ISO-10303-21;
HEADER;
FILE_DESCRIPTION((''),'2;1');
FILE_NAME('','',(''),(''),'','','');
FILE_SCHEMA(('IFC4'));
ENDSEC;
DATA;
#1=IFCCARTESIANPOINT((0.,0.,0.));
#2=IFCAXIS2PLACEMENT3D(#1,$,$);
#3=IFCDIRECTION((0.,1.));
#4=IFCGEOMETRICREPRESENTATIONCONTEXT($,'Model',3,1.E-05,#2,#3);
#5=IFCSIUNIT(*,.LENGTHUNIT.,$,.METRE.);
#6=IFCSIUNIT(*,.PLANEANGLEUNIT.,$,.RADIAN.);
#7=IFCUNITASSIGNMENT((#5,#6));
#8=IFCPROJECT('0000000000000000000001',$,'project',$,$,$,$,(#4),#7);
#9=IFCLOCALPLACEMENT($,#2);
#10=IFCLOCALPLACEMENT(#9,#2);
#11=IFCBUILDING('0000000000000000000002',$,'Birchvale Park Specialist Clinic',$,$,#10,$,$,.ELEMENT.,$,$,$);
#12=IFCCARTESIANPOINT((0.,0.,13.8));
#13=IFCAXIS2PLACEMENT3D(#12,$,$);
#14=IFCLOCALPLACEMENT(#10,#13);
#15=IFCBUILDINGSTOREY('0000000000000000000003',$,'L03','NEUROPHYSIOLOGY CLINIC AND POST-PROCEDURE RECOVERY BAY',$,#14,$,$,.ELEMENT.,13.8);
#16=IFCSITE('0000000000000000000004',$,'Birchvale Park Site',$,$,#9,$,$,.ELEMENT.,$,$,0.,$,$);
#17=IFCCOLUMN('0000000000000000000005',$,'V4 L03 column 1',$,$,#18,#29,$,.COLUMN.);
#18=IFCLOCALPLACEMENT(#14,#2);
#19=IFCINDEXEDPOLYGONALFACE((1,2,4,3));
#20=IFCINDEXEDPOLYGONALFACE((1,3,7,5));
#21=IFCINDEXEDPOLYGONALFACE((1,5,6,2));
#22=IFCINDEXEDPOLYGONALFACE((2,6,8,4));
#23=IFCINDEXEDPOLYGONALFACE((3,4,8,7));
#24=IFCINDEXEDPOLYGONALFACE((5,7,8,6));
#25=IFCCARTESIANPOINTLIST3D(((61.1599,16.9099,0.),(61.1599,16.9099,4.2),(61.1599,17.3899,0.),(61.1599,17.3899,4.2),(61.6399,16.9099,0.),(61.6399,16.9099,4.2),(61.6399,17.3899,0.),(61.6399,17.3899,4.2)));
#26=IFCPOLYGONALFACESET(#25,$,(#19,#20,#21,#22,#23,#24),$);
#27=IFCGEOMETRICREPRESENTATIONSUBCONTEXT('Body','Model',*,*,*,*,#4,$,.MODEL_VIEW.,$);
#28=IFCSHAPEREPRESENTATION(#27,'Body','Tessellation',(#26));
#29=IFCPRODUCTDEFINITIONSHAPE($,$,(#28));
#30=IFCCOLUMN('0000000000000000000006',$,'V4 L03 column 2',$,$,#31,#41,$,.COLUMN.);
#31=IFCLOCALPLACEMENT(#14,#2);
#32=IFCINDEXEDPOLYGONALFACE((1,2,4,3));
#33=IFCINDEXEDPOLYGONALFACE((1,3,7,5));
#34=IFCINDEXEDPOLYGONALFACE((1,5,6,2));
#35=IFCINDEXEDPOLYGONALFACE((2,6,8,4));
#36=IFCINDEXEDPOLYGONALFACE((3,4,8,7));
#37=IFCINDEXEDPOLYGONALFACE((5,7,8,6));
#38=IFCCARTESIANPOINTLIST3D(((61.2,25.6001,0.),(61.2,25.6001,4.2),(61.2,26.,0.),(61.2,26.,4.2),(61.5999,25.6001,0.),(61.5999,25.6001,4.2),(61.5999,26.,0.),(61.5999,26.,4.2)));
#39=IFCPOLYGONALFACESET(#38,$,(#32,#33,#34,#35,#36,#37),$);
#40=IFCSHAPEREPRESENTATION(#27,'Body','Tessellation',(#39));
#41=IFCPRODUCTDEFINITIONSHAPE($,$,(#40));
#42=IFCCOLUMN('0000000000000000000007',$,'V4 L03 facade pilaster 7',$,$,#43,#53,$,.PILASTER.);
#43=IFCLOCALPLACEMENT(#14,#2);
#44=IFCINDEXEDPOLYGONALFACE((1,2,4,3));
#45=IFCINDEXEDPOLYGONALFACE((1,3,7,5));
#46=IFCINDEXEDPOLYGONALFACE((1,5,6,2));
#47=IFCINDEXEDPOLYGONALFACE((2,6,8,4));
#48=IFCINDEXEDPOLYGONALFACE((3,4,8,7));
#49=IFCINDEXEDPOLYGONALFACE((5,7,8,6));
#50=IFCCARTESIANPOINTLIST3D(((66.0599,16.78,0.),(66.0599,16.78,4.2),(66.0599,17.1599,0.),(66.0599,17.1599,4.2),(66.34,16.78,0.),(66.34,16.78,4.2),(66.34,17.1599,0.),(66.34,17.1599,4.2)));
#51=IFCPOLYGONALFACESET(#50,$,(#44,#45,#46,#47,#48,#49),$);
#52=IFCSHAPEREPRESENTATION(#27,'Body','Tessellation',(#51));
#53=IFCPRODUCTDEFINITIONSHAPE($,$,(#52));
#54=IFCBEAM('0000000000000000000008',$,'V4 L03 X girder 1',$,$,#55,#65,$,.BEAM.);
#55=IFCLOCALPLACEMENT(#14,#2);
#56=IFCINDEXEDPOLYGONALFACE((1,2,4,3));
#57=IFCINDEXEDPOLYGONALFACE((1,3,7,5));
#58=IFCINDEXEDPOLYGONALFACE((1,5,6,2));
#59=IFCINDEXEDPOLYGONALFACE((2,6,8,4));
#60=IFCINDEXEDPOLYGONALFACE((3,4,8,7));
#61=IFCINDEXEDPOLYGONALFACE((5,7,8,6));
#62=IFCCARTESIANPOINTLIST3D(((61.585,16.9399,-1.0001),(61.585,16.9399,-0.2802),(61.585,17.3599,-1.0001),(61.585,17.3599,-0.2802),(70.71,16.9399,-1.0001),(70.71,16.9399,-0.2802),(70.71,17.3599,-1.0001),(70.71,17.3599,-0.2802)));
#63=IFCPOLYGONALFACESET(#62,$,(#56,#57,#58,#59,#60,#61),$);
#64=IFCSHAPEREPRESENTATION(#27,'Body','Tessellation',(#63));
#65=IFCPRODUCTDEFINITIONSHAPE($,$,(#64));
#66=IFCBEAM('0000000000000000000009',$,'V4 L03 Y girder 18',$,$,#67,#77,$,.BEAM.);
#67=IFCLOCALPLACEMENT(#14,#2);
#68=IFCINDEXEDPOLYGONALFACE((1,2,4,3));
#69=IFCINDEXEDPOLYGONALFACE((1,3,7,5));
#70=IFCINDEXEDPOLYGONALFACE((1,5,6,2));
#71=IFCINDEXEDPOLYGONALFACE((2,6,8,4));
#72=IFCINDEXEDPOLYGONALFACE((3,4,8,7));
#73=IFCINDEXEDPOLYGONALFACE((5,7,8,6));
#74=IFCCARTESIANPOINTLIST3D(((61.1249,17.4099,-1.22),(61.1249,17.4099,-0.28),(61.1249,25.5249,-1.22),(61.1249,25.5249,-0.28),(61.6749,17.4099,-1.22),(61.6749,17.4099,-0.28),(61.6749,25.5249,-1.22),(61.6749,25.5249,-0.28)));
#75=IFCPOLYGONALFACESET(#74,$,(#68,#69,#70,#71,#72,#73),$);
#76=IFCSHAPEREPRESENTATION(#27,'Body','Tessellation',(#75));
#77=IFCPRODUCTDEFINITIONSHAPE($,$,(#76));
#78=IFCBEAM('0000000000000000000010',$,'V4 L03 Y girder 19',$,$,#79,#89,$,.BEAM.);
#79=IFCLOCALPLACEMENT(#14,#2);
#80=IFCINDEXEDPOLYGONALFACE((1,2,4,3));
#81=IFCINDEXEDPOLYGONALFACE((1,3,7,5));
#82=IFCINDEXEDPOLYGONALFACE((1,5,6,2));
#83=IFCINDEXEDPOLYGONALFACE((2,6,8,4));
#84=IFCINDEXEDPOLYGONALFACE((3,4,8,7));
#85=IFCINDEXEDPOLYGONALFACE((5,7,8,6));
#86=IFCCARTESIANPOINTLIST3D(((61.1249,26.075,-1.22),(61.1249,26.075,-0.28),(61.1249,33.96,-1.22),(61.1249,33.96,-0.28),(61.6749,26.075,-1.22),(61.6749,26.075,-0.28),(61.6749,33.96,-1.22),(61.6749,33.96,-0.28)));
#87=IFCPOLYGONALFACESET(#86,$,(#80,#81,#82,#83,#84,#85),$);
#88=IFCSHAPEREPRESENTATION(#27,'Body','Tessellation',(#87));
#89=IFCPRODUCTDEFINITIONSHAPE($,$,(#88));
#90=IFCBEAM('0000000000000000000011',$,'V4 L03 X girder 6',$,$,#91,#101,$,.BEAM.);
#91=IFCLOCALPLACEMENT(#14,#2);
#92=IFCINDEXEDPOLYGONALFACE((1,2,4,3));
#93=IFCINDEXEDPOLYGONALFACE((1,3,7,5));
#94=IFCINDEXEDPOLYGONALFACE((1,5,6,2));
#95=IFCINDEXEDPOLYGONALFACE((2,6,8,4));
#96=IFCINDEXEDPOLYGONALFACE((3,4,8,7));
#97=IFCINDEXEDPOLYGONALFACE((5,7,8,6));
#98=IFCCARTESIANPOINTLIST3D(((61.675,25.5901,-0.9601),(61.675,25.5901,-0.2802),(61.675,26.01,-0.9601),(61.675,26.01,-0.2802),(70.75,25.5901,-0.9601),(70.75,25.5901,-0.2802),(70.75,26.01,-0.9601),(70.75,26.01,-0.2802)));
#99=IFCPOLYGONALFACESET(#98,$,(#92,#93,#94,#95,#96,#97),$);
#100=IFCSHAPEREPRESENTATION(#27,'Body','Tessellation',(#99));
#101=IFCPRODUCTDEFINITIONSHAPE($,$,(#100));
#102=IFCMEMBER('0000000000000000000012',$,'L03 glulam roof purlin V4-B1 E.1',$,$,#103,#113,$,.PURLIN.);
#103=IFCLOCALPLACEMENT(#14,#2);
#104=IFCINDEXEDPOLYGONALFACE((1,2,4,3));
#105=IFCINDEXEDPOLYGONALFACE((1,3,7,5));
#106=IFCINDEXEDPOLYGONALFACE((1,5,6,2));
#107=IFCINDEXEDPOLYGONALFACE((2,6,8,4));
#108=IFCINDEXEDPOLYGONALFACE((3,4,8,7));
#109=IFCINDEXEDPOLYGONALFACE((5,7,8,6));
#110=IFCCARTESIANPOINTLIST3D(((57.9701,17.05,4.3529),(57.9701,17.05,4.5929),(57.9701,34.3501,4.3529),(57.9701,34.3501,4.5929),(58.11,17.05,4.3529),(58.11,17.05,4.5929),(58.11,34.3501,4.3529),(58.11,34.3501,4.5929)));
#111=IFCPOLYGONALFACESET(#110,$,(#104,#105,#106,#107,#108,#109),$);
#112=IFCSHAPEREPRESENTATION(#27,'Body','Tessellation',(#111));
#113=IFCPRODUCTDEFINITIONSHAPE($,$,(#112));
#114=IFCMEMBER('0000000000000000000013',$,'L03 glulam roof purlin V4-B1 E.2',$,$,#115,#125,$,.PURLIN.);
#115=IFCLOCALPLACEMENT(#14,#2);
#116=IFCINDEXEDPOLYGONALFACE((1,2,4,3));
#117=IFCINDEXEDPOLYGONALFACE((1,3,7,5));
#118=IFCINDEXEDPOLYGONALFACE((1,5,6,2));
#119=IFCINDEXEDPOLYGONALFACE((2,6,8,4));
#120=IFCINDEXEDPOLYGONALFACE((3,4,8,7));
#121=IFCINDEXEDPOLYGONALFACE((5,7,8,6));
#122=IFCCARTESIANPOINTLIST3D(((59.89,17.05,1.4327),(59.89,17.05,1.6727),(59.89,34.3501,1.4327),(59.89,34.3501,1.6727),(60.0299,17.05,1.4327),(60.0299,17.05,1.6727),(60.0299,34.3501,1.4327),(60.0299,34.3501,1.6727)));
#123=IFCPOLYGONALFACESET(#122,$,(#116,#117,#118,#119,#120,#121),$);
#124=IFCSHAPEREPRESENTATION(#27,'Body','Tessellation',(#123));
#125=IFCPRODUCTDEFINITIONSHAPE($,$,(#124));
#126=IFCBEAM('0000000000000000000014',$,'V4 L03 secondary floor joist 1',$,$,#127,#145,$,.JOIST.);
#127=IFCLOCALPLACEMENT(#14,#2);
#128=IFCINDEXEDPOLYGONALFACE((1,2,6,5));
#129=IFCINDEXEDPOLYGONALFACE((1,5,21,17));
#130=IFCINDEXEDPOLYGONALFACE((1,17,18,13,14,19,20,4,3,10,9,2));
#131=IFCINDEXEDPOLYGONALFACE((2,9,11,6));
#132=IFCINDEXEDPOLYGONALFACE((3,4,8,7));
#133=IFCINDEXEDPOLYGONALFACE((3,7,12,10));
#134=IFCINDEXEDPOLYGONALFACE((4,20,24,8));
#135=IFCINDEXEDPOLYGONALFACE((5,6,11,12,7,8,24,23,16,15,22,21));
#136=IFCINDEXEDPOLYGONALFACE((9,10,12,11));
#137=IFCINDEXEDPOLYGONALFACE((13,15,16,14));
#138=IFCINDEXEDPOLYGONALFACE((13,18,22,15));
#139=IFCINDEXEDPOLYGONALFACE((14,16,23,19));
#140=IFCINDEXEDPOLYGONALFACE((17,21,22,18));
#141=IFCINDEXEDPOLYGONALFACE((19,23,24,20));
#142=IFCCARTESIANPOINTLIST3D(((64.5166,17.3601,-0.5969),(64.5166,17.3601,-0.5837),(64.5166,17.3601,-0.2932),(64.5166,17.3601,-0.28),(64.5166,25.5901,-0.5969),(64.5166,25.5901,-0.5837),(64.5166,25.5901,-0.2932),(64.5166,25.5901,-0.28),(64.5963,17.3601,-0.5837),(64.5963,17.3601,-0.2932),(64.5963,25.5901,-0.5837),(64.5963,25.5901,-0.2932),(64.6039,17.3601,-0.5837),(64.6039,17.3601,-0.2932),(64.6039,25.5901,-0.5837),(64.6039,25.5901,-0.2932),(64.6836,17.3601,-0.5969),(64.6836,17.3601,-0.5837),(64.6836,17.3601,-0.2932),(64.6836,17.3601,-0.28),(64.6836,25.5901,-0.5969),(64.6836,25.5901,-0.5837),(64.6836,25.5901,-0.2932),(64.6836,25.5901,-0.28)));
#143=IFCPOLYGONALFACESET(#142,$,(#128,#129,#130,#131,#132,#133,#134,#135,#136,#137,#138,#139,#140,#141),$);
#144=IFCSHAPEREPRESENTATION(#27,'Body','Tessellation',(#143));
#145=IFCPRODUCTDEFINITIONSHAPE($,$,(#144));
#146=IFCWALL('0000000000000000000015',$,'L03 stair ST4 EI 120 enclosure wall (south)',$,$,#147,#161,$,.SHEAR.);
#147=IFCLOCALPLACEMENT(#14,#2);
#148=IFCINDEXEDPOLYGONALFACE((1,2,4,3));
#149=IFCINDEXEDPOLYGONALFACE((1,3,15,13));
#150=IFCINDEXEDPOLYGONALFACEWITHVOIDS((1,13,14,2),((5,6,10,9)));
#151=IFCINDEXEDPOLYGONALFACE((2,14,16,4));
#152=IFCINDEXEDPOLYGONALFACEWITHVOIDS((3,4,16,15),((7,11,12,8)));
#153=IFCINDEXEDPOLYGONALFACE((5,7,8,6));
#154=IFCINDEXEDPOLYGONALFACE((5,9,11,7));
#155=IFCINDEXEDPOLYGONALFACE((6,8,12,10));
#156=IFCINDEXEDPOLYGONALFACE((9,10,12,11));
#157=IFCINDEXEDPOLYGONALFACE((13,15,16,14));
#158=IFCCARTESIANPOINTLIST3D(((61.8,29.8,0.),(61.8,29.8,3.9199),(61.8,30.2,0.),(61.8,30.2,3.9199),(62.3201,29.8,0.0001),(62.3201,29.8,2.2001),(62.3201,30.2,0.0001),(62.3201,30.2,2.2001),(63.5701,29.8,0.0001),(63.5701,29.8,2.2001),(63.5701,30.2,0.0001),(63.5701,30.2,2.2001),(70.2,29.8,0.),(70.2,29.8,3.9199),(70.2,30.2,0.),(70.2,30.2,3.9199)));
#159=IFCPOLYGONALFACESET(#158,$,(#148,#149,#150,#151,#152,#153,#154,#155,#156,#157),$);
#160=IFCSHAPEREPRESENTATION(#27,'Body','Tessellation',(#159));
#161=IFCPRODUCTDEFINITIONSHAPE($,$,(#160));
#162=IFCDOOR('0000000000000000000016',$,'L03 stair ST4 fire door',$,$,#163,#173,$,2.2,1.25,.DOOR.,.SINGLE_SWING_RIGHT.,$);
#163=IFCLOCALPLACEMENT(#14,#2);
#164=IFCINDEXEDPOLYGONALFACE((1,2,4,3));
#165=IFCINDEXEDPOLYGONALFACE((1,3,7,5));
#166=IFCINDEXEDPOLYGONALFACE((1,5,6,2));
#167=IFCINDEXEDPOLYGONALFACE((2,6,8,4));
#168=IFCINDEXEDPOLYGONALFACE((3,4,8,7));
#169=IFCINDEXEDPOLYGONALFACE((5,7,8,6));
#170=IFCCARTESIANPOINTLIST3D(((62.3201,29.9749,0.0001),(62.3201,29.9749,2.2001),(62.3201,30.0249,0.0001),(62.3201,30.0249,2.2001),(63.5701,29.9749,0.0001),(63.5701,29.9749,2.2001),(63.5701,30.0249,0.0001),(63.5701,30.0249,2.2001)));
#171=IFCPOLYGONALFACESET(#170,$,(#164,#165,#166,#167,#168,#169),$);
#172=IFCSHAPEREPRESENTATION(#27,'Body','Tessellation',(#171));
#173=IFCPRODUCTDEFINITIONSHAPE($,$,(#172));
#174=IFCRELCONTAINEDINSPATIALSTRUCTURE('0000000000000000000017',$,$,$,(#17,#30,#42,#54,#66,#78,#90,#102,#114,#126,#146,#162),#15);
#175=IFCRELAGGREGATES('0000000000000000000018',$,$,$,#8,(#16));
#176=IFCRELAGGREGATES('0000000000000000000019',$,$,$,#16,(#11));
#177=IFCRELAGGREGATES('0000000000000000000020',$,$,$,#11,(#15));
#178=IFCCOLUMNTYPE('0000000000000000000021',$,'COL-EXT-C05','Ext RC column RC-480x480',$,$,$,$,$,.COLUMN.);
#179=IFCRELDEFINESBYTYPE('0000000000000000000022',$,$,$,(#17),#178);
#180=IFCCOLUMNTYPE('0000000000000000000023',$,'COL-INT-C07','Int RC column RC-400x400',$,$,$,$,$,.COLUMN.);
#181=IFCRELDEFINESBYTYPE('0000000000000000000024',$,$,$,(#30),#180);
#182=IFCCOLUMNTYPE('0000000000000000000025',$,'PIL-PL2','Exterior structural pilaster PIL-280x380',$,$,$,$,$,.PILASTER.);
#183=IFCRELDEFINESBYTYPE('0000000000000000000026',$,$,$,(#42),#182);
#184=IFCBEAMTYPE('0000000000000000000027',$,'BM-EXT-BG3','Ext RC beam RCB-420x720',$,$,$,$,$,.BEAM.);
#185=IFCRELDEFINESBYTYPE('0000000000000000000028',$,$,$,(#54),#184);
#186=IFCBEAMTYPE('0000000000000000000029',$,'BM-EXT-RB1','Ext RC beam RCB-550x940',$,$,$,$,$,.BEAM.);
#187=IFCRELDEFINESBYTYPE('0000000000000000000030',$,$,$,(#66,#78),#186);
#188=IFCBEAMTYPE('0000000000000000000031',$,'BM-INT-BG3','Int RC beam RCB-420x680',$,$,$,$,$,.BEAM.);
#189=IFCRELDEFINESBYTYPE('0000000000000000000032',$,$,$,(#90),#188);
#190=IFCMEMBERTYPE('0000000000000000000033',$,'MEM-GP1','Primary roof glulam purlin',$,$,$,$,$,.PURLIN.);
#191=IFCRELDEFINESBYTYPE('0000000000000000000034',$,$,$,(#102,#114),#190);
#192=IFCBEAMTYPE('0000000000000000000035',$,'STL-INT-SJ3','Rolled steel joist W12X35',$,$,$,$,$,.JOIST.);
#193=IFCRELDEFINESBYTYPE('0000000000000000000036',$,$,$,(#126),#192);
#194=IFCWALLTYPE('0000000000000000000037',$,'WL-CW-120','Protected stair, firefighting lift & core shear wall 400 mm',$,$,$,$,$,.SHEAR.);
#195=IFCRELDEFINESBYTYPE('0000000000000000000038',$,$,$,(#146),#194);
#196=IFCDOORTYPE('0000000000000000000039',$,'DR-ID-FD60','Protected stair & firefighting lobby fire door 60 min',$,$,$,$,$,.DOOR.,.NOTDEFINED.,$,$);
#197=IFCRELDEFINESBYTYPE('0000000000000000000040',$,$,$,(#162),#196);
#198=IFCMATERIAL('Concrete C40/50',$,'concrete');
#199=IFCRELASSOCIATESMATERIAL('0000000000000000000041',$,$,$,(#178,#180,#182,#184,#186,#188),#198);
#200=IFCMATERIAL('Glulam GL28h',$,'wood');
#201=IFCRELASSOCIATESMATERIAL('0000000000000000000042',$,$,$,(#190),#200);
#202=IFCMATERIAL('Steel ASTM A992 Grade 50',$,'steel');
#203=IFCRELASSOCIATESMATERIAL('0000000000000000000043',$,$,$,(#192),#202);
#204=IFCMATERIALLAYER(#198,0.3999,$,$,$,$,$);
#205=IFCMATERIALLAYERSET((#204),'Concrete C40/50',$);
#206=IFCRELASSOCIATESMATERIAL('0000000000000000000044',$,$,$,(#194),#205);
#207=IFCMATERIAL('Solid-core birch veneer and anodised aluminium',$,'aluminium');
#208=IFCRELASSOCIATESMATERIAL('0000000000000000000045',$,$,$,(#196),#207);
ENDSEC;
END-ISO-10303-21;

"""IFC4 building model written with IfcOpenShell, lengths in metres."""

from ifc_helpers import new_model, si_unit, direction, frame, frame_2d, origin, origin_2d, place, context, subcontext, project, spatial, rectangle, i_section, extrude, material, layer, layer_set, material_profile, profile_set, type_object, element, fill, save


model = new_model("IFC4")

# Units and contexts
model_context = context("Model", 3, precision=1e-05, world=origin(), true_north=direction((0.0, 1.0)))
body_context = subcontext(model_context, "Body", "Model", "MODEL_VIEW")
ifc_project = project(units=[si_unit("LENGTHUNIT", "METRE"), si_unit("PLANEANGLEUNIT", "RADIAN")], contexts=[model_context])

# Site, building, storey
site_placement = place(None, origin())
site = spatial("IfcSite", under=ifc_project, at=site_placement, Name="Birchvale Park Site", CompositionType="ELEMENT", RefElevation=0.0)
building_placement = place(site_placement, origin())
building = spatial("IfcBuilding", under=site, at=building_placement, Name="Birchvale Park Specialist Clinic", CompositionType="ELEMENT")
storey_placement = place(building_placement, frame((0.0, 0.0, 13.8)))
storey = spatial("IfcBuildingStorey", under=building, at=storey_placement, Name="L03", Description="NEUROPHYSIOLOGY CLINIC AND POST-PROCEDURE RECOVERY BAY", CompositionType="ELEMENT", Elevation=13.8)

# Columns
ifc_material_1 = material(Name="Concrete C40/50", Category="concrete")
ifc_material_profile_1 = material_profile(ifc_material_1, rectangle(XDim=0.48, YDim=0.48, at=origin_2d()), Name="RC-480x480")
ifc_profile_set_1 = profile_set([ifc_material_profile_1], Name="Concrete C40/50")
column_type_1 = type_object("IfcColumnType", Name="COL-EXT-C05", Description="Ext RC column RC-480x480", PredefinedType="COLUMN", material=ifc_profile_set_1)
column_1_placement = place(storey_placement, frame((61.3999, 17.1499, 0.0), z_axis=(0.0, 0.0, 1.0), x_axis=(1.0, 0.0, 0.0)))
element("IfcColumn", 1, at=column_1_placement, inside=storey, type_object=column_type_1, Name="V4 L03 column 1", PredefinedType="COLUMN", context=body_context, shape_type="SweptSolid", body=[
    extrude(rectangle(XDim=0.48, YDim=0.48, at=origin_2d()), origin(), (0.0, 0.0, 1.0), 4.2),
])
ifc_material_profile_2 = material_profile(ifc_material_1, rectangle(XDim=0.3999, YDim=0.3999, at=origin_2d()), Name="RC-400x400")
ifc_profile_set_2 = profile_set([ifc_material_profile_2], Name="Concrete C40/50")
column_type_2 = type_object("IfcColumnType", Name="COL-INT-C07", Description="Int RC column RC-400x400", PredefinedType="COLUMN", material=ifc_profile_set_2)
column_2_placement = place(storey_placement, frame((61.3999, 25.8, 0.0), z_axis=(0.0, 0.0, 1.0), x_axis=(1.0, 0.0, 0.0)))
element("IfcColumn", 2, at=column_2_placement, inside=storey, type_object=column_type_2, Name="V4 L03 column 2", PredefinedType="COLUMN", context=body_context, shape_type="SweptSolid", body=[
    extrude(rectangle(XDim=0.3999, YDim=0.3999, at=origin_2d()), origin(), (0.0, 0.0, 1.0), 4.2),
])
ifc_material_profile_3 = material_profile(ifc_material_1, rectangle(XDim=0.28, YDim=0.3799, at=origin_2d()), Name="PIL-280x380")
ifc_profile_set_3 = profile_set([ifc_material_profile_3], Name="Concrete C40/50")
column_type_3 = type_object("IfcColumnType", Name="PIL-PL2", Description="Exterior structural pilaster PIL-280x380", PredefinedType="PILASTER", material=ifc_profile_set_3)
column_3_placement = place(storey_placement, frame((66.2, 16.97, 0.0), z_axis=(0.0, 0.0, 1.0), x_axis=(1.0, 0.0, 0.0)))
element("IfcColumn", 3, at=column_3_placement, inside=storey, type_object=column_type_3, Name="V4 L03 facade pilaster 7", PredefinedType="PILASTER", context=body_context, shape_type="SweptSolid", body=[
    extrude(rectangle(XDim=0.28, YDim=0.3799, at=origin_2d()), origin(), (0.0, 0.0, 1.0), 4.2),
])

# Beams
ifc_material_profile_4 = material_profile(ifc_material_1, rectangle(XDim=0.4199, YDim=0.72, at=origin_2d()), Name="RCB-420x720")
ifc_profile_set_4 = profile_set([ifc_material_profile_4], Name="Concrete C40/50")
beam_type_1 = type_object("IfcBeamType", Name="BM-EXT-BG3", Description="Ext RC beam RCB-420x720", PredefinedType="BEAM", material=ifc_profile_set_4)
beam_1_placement = place(storey_placement, frame((61.585, 17.1499, -0.6401), z_axis=(1.0, 0.0, 0.0), x_axis=(0.0, 1.0, 0.0)))
element("IfcBeam", 4, at=beam_1_placement, inside=storey, type_object=beam_type_1, Name="V4 L03 X girder 1", PredefinedType="BEAM", context=body_context, shape_type="SweptSolid", body=[
    extrude(rectangle(XDim=0.4199, YDim=0.72, at=origin_2d()), origin(), (0.0, 0.0, 1.0), 9.125),
])
ifc_material_profile_5 = material_profile(ifc_material_1, rectangle(XDim=0.55, YDim=0.9399, at=origin_2d()), Name="RCB-550x940")
ifc_profile_set_5 = profile_set([ifc_material_profile_5], Name="Concrete C40/50")
beam_type_2 = type_object("IfcBeamType", Name="BM-EXT-RB1", Description="Ext RC beam RCB-550x940", PredefinedType="BEAM", material=ifc_profile_set_5)
beam_2_placement = place(storey_placement, frame((61.3999, 17.4099, -0.75), z_axis=(0.0, 1.0, 0.0), x_axis=(-1.0, 0.0, 0.0)))
element("IfcBeam", 5, at=beam_2_placement, inside=storey, type_object=beam_type_2, Name="V4 L03 Y girder 18", PredefinedType="BEAM", context=body_context, shape_type="SweptSolid", body=[
    extrude(rectangle(XDim=0.55, YDim=0.9399, at=origin_2d()), origin(), (0.0, 0.0, 1.0), 8.115),
])
beam_3_placement = place(storey_placement, frame((61.3999, 26.075, -0.75), z_axis=(0.0, 1.0, 0.0), x_axis=(-1.0, 0.0, 0.0)))
element("IfcBeam", 6, at=beam_3_placement, inside=storey, type_object=beam_type_2, Name="V4 L03 Y girder 19", PredefinedType="BEAM", context=body_context, shape_type="SweptSolid", body=[
    extrude(rectangle(XDim=0.55, YDim=0.9399, at=origin_2d()), origin(), (0.0, 0.0, 1.0), 7.885),
])
ifc_material_profile_6 = material_profile(ifc_material_1, rectangle(XDim=0.4199, YDim=0.6799, at=origin_2d()), Name="RCB-420x680")
ifc_profile_set_6 = profile_set([ifc_material_profile_6], Name="Concrete C40/50")
beam_type_3 = type_object("IfcBeamType", Name="BM-INT-BG3", Description="Int RC beam RCB-420x680", PredefinedType="BEAM", material=ifc_profile_set_6)
beam_4_placement = place(storey_placement, frame((61.675, 25.8, -0.6201), z_axis=(1.0, 0.0, 0.0), x_axis=(0.0, 1.0, 0.0)))
element("IfcBeam", 7, at=beam_4_placement, inside=storey, type_object=beam_type_3, Name="V4 L03 X girder 6", PredefinedType="BEAM", context=body_context, shape_type="SweptSolid", body=[
    extrude(rectangle(XDim=0.4199, YDim=0.6799, at=origin_2d()), origin(), (0.0, 0.0, 1.0), 9.075),
])

# Members
ifc_material_2 = material(Name="Glulam GL28h", Category="wood")
ifc_material_profile_7 = material_profile(ifc_material_2, rectangle(XDim=0.1399, YDim=0.24, at=origin_2d()), Name="GL-140x240")
ifc_profile_set_7 = profile_set([ifc_material_profile_7], Name="Glulam GL28h")
member_type = type_object("IfcMemberType", Name="MEM-GP1", Description="Primary roof glulam purlin", PredefinedType="PURLIN", material=ifc_profile_set_7)
for number, where, z_axis, x_axis, name in (
    (8, (58.04, 17.05, 4.4729), (0.0, 1.0, 0.0), (-1.0, 0.0, 0.0), "L03 glulam roof purlin V4-B1 E.1"),
    (9, (59.96, 17.05, 1.5527), (0.0, 1.0, 0.0), (-1.0, 0.0, 0.0), "L03 glulam roof purlin V4-B1 E.2"),
):
    element("IfcMember", number, at=place(storey_placement, frame(where, z_axis=z_axis, x_axis=x_axis)), inside=storey, type_object=member_type, Name=name, PredefinedType="PURLIN", context=body_context, shape_type="SweptSolid", body=[
        extrude(rectangle(XDim=0.1399, YDim=0.24, at=origin_2d()), origin(), (0.0, 0.0, 1.0), 17.3),
    ])

# Beam
ifc_material_3 = material(Name="Steel ASTM A992 Grade 50", Category="steel")
ifc_material_profile_8 = material_profile(ifc_material_3, i_section(OverallWidth=0.167, OverallDepth=0.3169, WebThickness=0.0076, FlangeThickness=0.0132, at=origin_2d()), Name="W12X35")
ifc_profile_set_8 = profile_set([ifc_material_profile_8], Name="Steel ASTM A992 Grade 50")
beam_type_4 = type_object("IfcBeamType", Name="STL-INT-SJ3", Description="Rolled steel joist W12X35", PredefinedType="JOIST", material=ifc_profile_set_8)
beam_5_placement = place(storey_placement, frame((64.6001, 17.3601, -0.4385), z_axis=(0.0, 1.0, 0.0), x_axis=(-1.0, 0.0, 0.0)))
element("IfcBeam", 10, at=beam_5_placement, inside=storey, type_object=beam_type_4, Name="V4 L03 secondary floor joist 1", PredefinedType="JOIST", context=body_context, shape_type="SweptSolid", body=[
    extrude(i_section(OverallWidth=0.167, OverallDepth=0.3169, WebThickness=0.0076, FlangeThickness=0.0132, at=origin_2d()), origin(), (0.0, 0.0, 1.0), 8.23),
])

# Wall, opening, door
ifc_layer_1 = layer(ifc_material_1, 0.3999)
ifc_layer_set_1 = layer_set([ifc_layer_1], Name="Concrete C40/50")
wall_type_1 = type_object("IfcWallType", Name="WL-CW-120", Description="Protected stair, firefighting lift & core shear wall 400 mm", PredefinedType="SHEAR", material=ifc_layer_set_1)
wall_1_placement = place(storey_placement, frame((61.8, 30.0, 0.0), z_axis=(0.0, 0.0, 1.0), x_axis=(1.0, 0.0, 0.0)))
wall_1 = element("IfcWall", 11, at=wall_1_placement, inside=storey, type_object=wall_type_1, Name="L03 stair ST4 EI 120 enclosure wall (south)", PredefinedType="SHEAR", context=body_context, shape_type="SweptSolid", body=[
    extrude(rectangle(XDim=8.3999, YDim=0.3999, at=frame_2d((4.2, 0.0))), origin(), (0.0, 0.0, 1.0), 3.9199),
])
opening_1_placement = place(wall_1_placement, frame((0.52, 0.0, 0.0)))
opening_1 = element("IfcOpeningElement", 12, at=opening_1_placement, cuts=wall_1, PredefinedType="OPENING", context=body_context, shape_type="SweptSolid", body=[
    extrude(rectangle(XDim=1.25, YDim=2.2, at=frame_2d((0.625, 1.1001))), frame((0.0, 0.21, 0.0), z_axis=(0.0, -1.0, 0.0), x_axis=(1.0, 0.0, 0.0)), (0.0, 0.0, 1.0), 0.4199),
])
ifc_material_4 = material(Name="Solid-core birch veneer and anodised aluminium", Category="aluminium")
door_type_1 = type_object("IfcDoorType", Name="DR-ID-FD60", Description="Protected stair & firefighting lobby fire door 60 min", OperationType="NOTDEFINED", PredefinedType="DOOR", material=ifc_material_4)
door_1_placement = place(opening_1_placement, origin())
door_1 = element("IfcDoor", 13, at=door_1_placement, inside=storey, type_object=door_type_1, Name="L03 stair ST4 fire door", OperationType="SINGLE_SWING_RIGHT", OverallHeight=2.2, OverallWidth=1.25, PredefinedType="DOOR", context=body_context, shape_type="SweptSolid", body=[
    extrude(rectangle(XDim=1.25, YDim=2.2, at=frame_2d((0.625, 1.1001))), frame((0.0, 0.0249, 0.0), z_axis=(0.0, -1.0, 0.0), x_axis=(1.0, 0.0, 0.0)), (0.0, 0.0, 1.0), 0.05),
])
fill(opening_1, door_1)

save(model, "model.ifc")
